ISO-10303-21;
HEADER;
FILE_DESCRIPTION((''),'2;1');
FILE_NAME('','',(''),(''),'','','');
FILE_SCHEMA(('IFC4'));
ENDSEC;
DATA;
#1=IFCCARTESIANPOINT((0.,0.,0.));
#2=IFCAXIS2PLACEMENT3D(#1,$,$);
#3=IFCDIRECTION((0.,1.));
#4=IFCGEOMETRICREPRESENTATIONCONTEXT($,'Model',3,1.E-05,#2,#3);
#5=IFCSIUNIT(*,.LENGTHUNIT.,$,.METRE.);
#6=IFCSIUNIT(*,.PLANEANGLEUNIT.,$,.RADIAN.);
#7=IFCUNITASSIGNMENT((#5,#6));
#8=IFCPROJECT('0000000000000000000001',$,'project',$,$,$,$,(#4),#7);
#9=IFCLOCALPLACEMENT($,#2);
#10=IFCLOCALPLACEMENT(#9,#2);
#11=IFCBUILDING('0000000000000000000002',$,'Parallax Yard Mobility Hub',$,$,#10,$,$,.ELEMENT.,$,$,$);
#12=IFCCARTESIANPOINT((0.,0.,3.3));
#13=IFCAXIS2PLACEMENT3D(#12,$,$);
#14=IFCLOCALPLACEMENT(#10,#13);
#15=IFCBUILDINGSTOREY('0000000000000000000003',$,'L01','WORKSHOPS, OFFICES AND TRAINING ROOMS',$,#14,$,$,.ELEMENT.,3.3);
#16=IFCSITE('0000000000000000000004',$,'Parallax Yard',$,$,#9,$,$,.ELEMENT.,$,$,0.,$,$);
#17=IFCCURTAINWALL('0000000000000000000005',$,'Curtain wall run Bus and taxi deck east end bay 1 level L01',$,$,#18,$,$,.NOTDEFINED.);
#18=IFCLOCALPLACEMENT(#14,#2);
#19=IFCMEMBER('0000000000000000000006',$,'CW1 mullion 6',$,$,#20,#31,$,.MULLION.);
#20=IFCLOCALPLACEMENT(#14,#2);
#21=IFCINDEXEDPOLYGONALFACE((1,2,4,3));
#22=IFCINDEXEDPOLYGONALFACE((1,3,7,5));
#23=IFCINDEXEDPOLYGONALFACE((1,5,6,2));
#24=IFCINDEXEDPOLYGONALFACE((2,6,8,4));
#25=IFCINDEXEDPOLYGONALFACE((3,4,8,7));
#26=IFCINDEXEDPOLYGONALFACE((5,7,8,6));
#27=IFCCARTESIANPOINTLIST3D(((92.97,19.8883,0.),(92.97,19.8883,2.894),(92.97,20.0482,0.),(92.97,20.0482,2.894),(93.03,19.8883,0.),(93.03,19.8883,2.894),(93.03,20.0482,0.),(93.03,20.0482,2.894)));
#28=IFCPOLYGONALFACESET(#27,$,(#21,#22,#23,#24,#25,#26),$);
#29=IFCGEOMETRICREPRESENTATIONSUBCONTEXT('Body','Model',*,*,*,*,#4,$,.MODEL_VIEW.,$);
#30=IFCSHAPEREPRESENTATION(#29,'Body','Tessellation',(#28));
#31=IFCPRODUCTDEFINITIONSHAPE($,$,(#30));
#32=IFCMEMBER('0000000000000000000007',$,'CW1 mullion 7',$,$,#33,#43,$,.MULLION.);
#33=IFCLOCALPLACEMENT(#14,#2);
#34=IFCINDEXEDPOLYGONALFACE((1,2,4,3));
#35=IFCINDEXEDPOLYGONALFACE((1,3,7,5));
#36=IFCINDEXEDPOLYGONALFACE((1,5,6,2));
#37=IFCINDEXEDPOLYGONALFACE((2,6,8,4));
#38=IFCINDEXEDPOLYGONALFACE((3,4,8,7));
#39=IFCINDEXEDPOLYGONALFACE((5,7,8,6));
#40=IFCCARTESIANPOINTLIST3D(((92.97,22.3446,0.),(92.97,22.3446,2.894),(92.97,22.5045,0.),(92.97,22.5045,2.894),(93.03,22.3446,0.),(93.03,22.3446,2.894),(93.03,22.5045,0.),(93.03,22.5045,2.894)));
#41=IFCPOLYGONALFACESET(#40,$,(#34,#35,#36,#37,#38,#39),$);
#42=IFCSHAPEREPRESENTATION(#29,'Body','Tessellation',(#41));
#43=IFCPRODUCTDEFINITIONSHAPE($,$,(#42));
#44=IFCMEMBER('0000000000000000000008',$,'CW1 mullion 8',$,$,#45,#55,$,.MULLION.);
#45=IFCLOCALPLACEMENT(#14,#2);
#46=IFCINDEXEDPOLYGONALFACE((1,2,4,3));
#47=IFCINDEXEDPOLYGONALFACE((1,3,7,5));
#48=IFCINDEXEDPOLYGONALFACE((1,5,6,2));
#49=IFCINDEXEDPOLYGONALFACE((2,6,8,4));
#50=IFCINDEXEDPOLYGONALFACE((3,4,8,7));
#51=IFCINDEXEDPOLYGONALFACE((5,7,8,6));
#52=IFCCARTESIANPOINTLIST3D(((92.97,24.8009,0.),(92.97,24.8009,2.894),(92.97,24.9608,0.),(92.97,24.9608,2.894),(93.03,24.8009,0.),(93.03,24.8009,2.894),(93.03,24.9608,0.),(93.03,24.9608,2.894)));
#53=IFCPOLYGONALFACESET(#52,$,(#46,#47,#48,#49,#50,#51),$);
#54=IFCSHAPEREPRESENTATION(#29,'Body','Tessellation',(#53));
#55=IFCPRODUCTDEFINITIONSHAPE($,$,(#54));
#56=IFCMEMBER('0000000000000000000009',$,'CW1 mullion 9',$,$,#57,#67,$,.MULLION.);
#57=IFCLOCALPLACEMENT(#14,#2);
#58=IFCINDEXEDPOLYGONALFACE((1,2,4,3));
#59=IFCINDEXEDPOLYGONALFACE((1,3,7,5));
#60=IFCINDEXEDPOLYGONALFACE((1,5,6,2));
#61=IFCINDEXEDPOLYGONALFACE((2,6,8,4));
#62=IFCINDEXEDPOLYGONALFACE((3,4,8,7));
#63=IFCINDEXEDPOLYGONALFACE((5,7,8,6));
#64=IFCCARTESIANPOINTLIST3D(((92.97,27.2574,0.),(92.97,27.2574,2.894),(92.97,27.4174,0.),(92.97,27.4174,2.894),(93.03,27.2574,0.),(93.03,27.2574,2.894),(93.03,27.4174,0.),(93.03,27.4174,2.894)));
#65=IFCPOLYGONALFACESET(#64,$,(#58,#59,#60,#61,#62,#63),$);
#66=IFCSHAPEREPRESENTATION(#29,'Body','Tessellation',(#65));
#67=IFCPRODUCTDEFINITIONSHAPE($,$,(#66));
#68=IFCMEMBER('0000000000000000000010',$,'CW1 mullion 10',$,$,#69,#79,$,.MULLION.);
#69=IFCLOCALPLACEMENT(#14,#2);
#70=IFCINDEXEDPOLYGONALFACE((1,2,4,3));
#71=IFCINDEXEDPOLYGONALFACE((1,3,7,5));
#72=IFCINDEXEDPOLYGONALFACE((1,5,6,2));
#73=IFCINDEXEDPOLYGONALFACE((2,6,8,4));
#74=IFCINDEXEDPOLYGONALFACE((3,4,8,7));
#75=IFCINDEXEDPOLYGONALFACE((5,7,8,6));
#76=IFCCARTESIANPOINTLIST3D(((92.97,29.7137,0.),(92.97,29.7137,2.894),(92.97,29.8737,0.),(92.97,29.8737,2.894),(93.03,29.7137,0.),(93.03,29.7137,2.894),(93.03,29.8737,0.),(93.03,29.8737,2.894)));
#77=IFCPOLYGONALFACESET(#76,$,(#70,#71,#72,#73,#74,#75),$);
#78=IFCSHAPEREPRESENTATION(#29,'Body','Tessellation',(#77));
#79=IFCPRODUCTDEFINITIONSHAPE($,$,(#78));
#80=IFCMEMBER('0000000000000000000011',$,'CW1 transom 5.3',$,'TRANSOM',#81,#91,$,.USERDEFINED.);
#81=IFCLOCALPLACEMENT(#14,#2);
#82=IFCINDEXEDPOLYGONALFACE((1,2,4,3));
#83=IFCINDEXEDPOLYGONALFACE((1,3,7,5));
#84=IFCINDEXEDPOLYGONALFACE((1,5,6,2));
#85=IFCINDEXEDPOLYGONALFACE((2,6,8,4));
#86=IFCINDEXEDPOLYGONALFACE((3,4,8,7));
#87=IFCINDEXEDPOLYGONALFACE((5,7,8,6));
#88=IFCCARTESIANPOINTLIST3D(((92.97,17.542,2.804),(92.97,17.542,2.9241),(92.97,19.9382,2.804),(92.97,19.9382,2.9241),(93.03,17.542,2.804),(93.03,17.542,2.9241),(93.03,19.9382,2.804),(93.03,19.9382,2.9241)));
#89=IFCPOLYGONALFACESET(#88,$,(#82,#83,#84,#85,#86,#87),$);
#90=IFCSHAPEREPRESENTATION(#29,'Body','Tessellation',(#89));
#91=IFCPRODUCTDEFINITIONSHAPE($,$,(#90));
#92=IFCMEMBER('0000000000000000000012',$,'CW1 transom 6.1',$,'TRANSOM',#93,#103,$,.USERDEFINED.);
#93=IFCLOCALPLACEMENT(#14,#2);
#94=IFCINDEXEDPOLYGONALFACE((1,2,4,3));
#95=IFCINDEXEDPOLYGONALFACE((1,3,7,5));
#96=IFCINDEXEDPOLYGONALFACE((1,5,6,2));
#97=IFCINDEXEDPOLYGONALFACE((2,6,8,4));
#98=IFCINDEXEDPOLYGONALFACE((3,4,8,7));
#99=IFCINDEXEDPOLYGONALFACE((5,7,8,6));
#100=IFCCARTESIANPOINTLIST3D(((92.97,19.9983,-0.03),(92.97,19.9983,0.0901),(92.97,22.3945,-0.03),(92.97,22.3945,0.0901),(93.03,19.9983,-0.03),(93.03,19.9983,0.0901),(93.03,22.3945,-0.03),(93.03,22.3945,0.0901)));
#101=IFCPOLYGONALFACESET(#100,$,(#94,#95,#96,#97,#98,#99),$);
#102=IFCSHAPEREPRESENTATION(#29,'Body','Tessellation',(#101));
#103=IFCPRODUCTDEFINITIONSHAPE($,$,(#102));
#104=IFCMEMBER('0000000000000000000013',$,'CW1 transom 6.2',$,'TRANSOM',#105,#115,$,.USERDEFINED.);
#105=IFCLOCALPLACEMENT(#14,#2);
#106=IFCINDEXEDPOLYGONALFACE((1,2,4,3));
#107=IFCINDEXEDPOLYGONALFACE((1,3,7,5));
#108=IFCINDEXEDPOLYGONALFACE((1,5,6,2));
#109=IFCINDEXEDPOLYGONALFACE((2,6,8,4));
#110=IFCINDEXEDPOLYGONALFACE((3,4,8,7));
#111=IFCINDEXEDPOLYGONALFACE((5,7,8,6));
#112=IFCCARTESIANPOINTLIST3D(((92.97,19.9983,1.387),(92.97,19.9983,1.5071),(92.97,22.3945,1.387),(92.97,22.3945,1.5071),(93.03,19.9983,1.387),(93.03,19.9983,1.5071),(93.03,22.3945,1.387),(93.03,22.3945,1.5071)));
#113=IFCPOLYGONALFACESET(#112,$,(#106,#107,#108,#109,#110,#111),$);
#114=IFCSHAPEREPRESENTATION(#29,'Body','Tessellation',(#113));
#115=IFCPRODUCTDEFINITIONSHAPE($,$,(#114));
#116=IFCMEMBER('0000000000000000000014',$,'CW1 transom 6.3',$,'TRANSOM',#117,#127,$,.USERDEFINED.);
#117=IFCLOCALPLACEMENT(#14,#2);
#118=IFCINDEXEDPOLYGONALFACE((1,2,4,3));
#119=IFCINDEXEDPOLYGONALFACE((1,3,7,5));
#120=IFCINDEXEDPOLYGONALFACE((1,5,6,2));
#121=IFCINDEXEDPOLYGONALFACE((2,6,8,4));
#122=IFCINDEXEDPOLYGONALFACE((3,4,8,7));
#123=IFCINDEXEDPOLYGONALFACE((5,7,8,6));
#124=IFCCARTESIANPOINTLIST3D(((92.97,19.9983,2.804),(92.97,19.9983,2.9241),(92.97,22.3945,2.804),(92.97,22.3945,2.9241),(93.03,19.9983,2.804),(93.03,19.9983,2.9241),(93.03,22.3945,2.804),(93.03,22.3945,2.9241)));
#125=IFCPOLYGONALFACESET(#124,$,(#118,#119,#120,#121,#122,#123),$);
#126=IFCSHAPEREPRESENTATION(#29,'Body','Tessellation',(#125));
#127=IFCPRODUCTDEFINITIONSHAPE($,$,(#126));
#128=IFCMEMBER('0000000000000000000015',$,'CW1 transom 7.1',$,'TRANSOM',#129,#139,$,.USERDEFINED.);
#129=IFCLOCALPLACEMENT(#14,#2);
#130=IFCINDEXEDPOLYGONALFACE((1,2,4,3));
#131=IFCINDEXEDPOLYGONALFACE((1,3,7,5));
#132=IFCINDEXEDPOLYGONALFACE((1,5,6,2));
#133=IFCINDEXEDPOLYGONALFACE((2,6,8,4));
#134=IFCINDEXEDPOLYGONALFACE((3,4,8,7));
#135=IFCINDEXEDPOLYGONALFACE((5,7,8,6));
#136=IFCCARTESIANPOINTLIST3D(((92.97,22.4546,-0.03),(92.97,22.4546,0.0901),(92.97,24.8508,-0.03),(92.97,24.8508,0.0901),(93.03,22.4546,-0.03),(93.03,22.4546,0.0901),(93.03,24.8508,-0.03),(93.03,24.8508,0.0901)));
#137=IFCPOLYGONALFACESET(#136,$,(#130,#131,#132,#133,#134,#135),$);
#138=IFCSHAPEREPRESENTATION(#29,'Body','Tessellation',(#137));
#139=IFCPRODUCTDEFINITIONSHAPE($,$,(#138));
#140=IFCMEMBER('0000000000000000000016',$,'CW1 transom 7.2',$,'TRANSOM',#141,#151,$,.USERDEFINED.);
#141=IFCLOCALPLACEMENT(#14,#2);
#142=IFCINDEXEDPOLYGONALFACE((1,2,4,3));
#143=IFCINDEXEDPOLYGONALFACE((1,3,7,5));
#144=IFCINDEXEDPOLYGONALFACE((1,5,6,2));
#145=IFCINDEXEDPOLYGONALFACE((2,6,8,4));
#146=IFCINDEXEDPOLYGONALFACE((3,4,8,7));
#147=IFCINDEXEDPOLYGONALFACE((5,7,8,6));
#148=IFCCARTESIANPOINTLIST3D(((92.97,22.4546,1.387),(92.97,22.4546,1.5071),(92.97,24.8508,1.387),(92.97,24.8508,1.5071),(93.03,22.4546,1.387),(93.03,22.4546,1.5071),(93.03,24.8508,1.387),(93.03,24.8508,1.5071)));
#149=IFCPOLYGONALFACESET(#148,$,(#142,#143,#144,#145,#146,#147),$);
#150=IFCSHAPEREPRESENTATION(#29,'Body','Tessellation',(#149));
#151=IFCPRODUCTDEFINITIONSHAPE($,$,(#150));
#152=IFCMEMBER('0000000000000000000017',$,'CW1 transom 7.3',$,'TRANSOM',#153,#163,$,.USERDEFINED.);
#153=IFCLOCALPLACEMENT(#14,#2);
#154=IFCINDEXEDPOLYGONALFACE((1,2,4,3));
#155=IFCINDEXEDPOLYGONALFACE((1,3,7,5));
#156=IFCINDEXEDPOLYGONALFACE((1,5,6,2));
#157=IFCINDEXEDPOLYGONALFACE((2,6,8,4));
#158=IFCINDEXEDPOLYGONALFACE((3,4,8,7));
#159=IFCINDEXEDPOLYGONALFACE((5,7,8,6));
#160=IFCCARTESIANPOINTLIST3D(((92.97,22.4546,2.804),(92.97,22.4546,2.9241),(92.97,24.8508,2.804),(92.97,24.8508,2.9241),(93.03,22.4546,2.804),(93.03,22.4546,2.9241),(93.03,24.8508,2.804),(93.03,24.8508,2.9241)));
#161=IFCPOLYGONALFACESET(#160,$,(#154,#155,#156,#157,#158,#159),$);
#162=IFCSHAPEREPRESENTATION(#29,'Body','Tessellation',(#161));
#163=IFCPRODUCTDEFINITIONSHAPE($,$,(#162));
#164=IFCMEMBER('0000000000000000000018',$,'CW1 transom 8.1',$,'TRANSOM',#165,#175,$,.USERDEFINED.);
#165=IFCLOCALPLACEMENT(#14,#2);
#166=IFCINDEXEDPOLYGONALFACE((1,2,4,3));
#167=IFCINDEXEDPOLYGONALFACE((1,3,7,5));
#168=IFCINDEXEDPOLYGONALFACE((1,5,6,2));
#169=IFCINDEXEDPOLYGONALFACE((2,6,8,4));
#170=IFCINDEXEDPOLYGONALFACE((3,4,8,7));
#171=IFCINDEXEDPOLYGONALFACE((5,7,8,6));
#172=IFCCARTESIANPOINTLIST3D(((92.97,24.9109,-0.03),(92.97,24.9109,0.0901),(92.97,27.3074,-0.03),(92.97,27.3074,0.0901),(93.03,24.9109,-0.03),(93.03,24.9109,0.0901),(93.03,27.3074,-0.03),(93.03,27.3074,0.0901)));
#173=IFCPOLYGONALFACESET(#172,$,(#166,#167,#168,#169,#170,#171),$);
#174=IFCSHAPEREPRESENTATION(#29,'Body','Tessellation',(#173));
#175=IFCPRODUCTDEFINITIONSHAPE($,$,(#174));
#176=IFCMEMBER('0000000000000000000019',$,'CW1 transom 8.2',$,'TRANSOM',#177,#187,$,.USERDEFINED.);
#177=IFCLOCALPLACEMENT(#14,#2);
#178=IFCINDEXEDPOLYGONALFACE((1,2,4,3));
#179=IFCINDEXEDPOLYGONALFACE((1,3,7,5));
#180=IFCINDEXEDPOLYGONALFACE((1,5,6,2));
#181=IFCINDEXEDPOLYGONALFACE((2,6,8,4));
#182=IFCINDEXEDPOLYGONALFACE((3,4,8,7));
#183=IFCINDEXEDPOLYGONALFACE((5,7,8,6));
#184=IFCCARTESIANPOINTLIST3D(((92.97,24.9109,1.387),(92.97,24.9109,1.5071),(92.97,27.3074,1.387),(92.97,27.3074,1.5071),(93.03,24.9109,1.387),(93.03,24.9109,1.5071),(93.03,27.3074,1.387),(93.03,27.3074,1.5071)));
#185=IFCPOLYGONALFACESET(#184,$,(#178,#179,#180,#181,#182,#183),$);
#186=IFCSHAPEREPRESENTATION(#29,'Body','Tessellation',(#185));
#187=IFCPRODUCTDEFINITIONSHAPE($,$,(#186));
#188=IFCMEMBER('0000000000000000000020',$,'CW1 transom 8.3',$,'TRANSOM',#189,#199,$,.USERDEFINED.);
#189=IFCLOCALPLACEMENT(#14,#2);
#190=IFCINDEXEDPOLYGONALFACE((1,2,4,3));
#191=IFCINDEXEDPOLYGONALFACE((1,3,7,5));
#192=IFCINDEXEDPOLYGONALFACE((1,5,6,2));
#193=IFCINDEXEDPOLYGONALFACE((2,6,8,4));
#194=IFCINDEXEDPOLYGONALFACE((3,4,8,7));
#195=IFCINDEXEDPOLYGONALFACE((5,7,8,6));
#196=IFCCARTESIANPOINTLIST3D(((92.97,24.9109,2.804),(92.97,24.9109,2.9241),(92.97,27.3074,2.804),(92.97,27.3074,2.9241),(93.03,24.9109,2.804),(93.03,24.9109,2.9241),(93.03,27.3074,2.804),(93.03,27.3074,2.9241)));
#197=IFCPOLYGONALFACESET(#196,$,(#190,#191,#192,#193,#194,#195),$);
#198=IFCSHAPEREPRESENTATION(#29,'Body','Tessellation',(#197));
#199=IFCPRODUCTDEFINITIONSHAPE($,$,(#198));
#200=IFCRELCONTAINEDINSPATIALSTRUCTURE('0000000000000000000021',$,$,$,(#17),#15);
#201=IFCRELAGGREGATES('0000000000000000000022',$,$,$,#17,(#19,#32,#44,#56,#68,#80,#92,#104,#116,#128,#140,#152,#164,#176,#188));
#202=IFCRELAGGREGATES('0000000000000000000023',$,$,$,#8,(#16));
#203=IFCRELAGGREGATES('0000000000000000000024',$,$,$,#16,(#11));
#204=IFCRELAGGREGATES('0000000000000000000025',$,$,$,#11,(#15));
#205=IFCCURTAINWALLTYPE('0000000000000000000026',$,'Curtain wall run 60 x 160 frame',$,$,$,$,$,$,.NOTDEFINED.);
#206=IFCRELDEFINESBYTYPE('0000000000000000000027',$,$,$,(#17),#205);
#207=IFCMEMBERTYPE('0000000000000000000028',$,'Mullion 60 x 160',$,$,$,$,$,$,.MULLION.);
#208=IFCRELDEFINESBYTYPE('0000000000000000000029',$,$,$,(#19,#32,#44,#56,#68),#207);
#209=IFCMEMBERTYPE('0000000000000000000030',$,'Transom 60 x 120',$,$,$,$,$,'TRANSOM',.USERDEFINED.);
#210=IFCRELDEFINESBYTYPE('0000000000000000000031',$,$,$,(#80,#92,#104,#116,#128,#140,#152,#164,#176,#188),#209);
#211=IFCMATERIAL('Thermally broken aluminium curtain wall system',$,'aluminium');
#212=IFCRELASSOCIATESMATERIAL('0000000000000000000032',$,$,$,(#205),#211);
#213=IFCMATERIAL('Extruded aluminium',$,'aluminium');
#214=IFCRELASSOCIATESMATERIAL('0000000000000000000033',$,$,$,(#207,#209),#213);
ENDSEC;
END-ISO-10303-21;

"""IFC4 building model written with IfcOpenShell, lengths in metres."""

from ifc_helpers import new_model, si_unit, direction, frame, origin, origin_2d, place, context, subcontext, project, spatial, rectangle, extrude, material, material_profile, profile_set, type_object, element, aggregate, save


model = new_model("IFC4")

# Units and contexts
model_context = context("Model", 3, precision=1e-05, world=origin(), true_north=direction((0.0, 1.0)))
body_context = subcontext(model_context, "Body", "Model", "MODEL_VIEW")
ifc_project = project(units=[si_unit("LENGTHUNIT", "METRE"), si_unit("PLANEANGLEUNIT", "RADIAN")], contexts=[model_context])

# Site, building, storey
site_placement = place(None, origin())
site = spatial("IfcSite", under=ifc_project, at=site_placement, Name="Parallax Yard", CompositionType="ELEMENT", RefElevation=0.0)
building_placement = place(site_placement, origin())
building = spatial("IfcBuilding", under=site, at=building_placement, Name="Parallax Yard Mobility Hub", CompositionType="ELEMENT")
storey_placement = place(building_placement, frame((0.0, 0.0, 3.3)))
storey = spatial("IfcBuildingStorey", under=building, at=storey_placement, Name="L01", Description="WORKSHOPS, OFFICES AND TRAINING ROOMS", CompositionType="ELEMENT", Elevation=3.3)

# Curtain wall, members
ifc_material_1 = material(Name="Thermally broken aluminium curtain wall system", Category="aluminium")
curtain_wall_type = type_object("IfcCurtainWallType", Name="Curtain wall run 60 x 160 frame", PredefinedType="NOTDEFINED", material=ifc_material_1)
curtain_wall_placement = place(storey_placement, origin())
curtain_wall = element("IfcCurtainWall", 1, at=curtain_wall_placement, inside=storey, type_object=curtain_wall_type, Name="Curtain wall run Bus and taxi deck east end bay 1 level L01", PredefinedType="NOTDEFINED")
ifc_material_2 = material(Name="Extruded aluminium", Category="aluminium")
ifc_material_profile_1 = material_profile(ifc_material_2, rectangle(XDim=0.0601, YDim=0.1599, at=origin_2d()), Name="Mullion 60 x 160")
ifc_profile_set_1 = profile_set([ifc_material_profile_1], Name="Extruded aluminium")
member_type_1 = type_object("IfcMemberType", Name="Mullion 60 x 160", PredefinedType="MULLION", material=ifc_profile_set_1)
member_1_placement = place(storey_placement, frame((93.0, 19.9683, 0.0), z_axis=(0.0, 0.0, 1.0), x_axis=(-1.0, 0.0, 0.0)))
member_1 = element("IfcMember", 2, at=member_1_placement, type_object=member_type_1, Name="CW1 mullion 6", PredefinedType="MULLION", context=body_context, shape_type="SweptSolid", body=[
    extrude(rectangle(XDim=0.0601, YDim=0.1599, at=origin_2d()), origin(), (0.0, 0.0, 1.0), 2.894),
])
member_2_placement = place(storey_placement, frame((93.0, 22.4246, 0.0), z_axis=(0.0, 0.0, 1.0), x_axis=(-1.0, 0.0, 0.0)))
member_2 = element("IfcMember", 3, at=member_2_placement, type_object=member_type_1, Name="CW1 mullion 7", PredefinedType="MULLION", context=body_context, shape_type="SweptSolid", body=[
    extrude(rectangle(XDim=0.0601, YDim=0.1599, at=origin_2d()), origin(), (0.0, 0.0, 1.0), 2.894),
])
member_3_placement = place(storey_placement, frame((93.0, 24.8809, 0.0), z_axis=(0.0, 0.0, 1.0), x_axis=(-1.0, 0.0, 0.0)))
member_3 = element("IfcMember", 4, at=member_3_placement, type_object=member_type_1, Name="CW1 mullion 8", PredefinedType="MULLION", context=body_context, shape_type="SweptSolid", body=[
    extrude(rectangle(XDim=0.0601, YDim=0.1599, at=origin_2d()), origin(), (0.0, 0.0, 1.0), 2.894),
])
member_4_placement = place(storey_placement, frame((93.0, 27.3374, 0.0), z_axis=(0.0, 0.0, 1.0), x_axis=(-1.0, 0.0, 0.0)))
member_4 = element("IfcMember", 5, at=member_4_placement, type_object=member_type_1, Name="CW1 mullion 9", PredefinedType="MULLION", context=body_context, shape_type="SweptSolid", body=[
    extrude(rectangle(XDim=0.0601, YDim=0.1599, at=origin_2d()), origin(), (0.0, 0.0, 1.0), 2.894),
])
member_5_placement = place(storey_placement, frame((93.0, 29.7937, 0.0), z_axis=(0.0, 0.0, 1.0), x_axis=(-1.0, 0.0, 0.0)))
member_5 = element("IfcMember", 6, at=member_5_placement, type_object=member_type_1, Name="CW1 mullion 10", PredefinedType="MULLION", context=body_context, shape_type="SweptSolid", body=[
    extrude(rectangle(XDim=0.0601, YDim=0.1599, at=origin_2d()), origin(), (0.0, 0.0, 1.0), 2.894),
])
ifc_material_profile_2 = material_profile(ifc_material_2, rectangle(XDim=0.0601, YDim=0.1201, at=origin_2d()), Name="Transom 60 x 120")
ifc_profile_set_2 = profile_set([ifc_material_profile_2], Name="Extruded aluminium")
member_type_2 = type_object("IfcMemberType", Name="Transom 60 x 120", ElementType="TRANSOM", PredefinedType="USERDEFINED", material=ifc_profile_set_2)
member_6_placement = place(storey_placement, frame((93.0, 17.542, 2.864), z_axis=(0.0, 1.0, 0.0), x_axis=(-1.0, 0.0, 0.0)))
member_6 = element("IfcMember", 7, at=member_6_placement, type_object=member_type_2, Name="CW1 transom 5.3", ObjectType="TRANSOM", PredefinedType="USERDEFINED", context=body_context, shape_type="SweptSolid", body=[
    extrude(rectangle(XDim=0.0601, YDim=0.1201, at=origin_2d()), origin(), (0.0, 0.0, 1.0), 2.3962),
])
member_7_placement = place(storey_placement, frame((93.0, 19.9983, 0.03), z_axis=(0.0, 1.0, 0.0), x_axis=(-1.0, 0.0, 0.0)))
member_7 = element("IfcMember", 8, at=member_7_placement, type_object=member_type_2, Name="CW1 transom 6.1", ObjectType="TRANSOM", PredefinedType="USERDEFINED", context=body_context, shape_type="SweptSolid", body=[
    extrude(rectangle(XDim=0.0601, YDim=0.1201, at=origin_2d()), origin(), (0.0, 0.0, 1.0), 2.3962),
])
member_8_placement = place(storey_placement, frame((93.0, 19.9983, 1.447), z_axis=(0.0, 1.0, 0.0), x_axis=(-1.0, 0.0, 0.0)))
member_8 = element("IfcMember", 9, at=member_8_placement, type_object=member_type_2, Name="CW1 transom 6.2", ObjectType="TRANSOM", PredefinedType="USERDEFINED", context=body_context, shape_type="SweptSolid", body=[
    extrude(rectangle(XDim=0.0601, YDim=0.1201, at=origin_2d()), origin(), (0.0, 0.0, 1.0), 2.3962),
])
member_9_placement = place(storey_placement, frame((93.0, 19.9983, 2.864), z_axis=(0.0, 1.0, 0.0), x_axis=(-1.0, 0.0, 0.0)))
member_9 = element("IfcMember", 10, at=member_9_placement, type_object=member_type_2, Name="CW1 transom 6.3", ObjectType="TRANSOM", PredefinedType="USERDEFINED", context=body_context, shape_type="SweptSolid", body=[
    extrude(rectangle(XDim=0.0601, YDim=0.1201, at=origin_2d()), origin(), (0.0, 0.0, 1.0), 2.3962),
])
member_10_placement = place(storey_placement, frame((93.0, 22.4546, 0.03), z_axis=(0.0, 1.0, 0.0), x_axis=(-1.0, 0.0, 0.0)))
member_10 = element("IfcMember", 11, at=member_10_placement, type_object=member_type_2, Name="CW1 transom 7.1", ObjectType="TRANSOM", PredefinedType="USERDEFINED", context=body_context, shape_type="SweptSolid", body=[
    extrude(rectangle(XDim=0.0601, YDim=0.1201, at=origin_2d()), origin(), (0.0, 0.0, 1.0), 2.3962),
])
member_11_placement = place(storey_placement, frame((93.0, 22.4546, 1.447), z_axis=(0.0, 1.0, 0.0), x_axis=(-1.0, 0.0, 0.0)))
member_11 = element("IfcMember", 12, at=member_11_placement, type_object=member_type_2, Name="CW1 transom 7.2", ObjectType="TRANSOM", PredefinedType="USERDEFINED", context=body_context, shape_type="SweptSolid", body=[
    extrude(rectangle(XDim=0.0601, YDim=0.1201, at=origin_2d()), origin(), (0.0, 0.0, 1.0), 2.3962),
])
member_12_placement = place(storey_placement, frame((93.0, 22.4546, 2.864), z_axis=(0.0, 1.0, 0.0), x_axis=(-1.0, 0.0, 0.0)))
member_12 = element("IfcMember", 13, at=member_12_placement, type_object=member_type_2, Name="CW1 transom 7.3", ObjectType="TRANSOM", PredefinedType="USERDEFINED", context=body_context, shape_type="SweptSolid", body=[
    extrude(rectangle(XDim=0.0601, YDim=0.1201, at=origin_2d()), origin(), (0.0, 0.0, 1.0), 2.3962),
])
member_13_placement = place(storey_placement, frame((93.0, 24.9109, 0.03), z_axis=(0.0, 1.0, 0.0), x_axis=(-1.0, 0.0, 0.0)))
member_13 = element("IfcMember", 14, at=member_13_placement, type_object=member_type_2, Name="CW1 transom 8.1", ObjectType="TRANSOM", PredefinedType="USERDEFINED", context=body_context, shape_type="SweptSolid", body=[
    extrude(rectangle(XDim=0.0601, YDim=0.1201, at=origin_2d()), origin(), (0.0, 0.0, 1.0), 2.3965),
])
member_14_placement = place(storey_placement, frame((93.0, 24.9109, 1.447), z_axis=(0.0, 1.0, 0.0), x_axis=(-1.0, 0.0, 0.0)))
member_14 = element("IfcMember", 15, at=member_14_placement, type_object=member_type_2, Name="CW1 transom 8.2", ObjectType="TRANSOM", PredefinedType="USERDEFINED", context=body_context, shape_type="SweptSolid", body=[
    extrude(rectangle(XDim=0.0601, YDim=0.1201, at=origin_2d()), origin(), (0.0, 0.0, 1.0), 2.3965),
])
member_15_placement = place(storey_placement, frame((93.0, 24.9109, 2.864), z_axis=(0.0, 1.0, 0.0), x_axis=(-1.0, 0.0, 0.0)))
member_15 = element("IfcMember", 16, at=member_15_placement, type_object=member_type_2, Name="CW1 transom 8.3", ObjectType="TRANSOM", PredefinedType="USERDEFINED", context=body_context, shape_type="SweptSolid", body=[
    extrude(rectangle(XDim=0.0601, YDim=0.1201, at=origin_2d()), origin(), (0.0, 0.0, 1.0), 2.3965),
])

aggregate(curtain_wall, [member_1, member_2, member_3, member_4, member_5, member_6, member_7, member_8, member_9, member_10, member_11, member_12, member_13, member_14, member_15])

save(model, "model.ifc")
